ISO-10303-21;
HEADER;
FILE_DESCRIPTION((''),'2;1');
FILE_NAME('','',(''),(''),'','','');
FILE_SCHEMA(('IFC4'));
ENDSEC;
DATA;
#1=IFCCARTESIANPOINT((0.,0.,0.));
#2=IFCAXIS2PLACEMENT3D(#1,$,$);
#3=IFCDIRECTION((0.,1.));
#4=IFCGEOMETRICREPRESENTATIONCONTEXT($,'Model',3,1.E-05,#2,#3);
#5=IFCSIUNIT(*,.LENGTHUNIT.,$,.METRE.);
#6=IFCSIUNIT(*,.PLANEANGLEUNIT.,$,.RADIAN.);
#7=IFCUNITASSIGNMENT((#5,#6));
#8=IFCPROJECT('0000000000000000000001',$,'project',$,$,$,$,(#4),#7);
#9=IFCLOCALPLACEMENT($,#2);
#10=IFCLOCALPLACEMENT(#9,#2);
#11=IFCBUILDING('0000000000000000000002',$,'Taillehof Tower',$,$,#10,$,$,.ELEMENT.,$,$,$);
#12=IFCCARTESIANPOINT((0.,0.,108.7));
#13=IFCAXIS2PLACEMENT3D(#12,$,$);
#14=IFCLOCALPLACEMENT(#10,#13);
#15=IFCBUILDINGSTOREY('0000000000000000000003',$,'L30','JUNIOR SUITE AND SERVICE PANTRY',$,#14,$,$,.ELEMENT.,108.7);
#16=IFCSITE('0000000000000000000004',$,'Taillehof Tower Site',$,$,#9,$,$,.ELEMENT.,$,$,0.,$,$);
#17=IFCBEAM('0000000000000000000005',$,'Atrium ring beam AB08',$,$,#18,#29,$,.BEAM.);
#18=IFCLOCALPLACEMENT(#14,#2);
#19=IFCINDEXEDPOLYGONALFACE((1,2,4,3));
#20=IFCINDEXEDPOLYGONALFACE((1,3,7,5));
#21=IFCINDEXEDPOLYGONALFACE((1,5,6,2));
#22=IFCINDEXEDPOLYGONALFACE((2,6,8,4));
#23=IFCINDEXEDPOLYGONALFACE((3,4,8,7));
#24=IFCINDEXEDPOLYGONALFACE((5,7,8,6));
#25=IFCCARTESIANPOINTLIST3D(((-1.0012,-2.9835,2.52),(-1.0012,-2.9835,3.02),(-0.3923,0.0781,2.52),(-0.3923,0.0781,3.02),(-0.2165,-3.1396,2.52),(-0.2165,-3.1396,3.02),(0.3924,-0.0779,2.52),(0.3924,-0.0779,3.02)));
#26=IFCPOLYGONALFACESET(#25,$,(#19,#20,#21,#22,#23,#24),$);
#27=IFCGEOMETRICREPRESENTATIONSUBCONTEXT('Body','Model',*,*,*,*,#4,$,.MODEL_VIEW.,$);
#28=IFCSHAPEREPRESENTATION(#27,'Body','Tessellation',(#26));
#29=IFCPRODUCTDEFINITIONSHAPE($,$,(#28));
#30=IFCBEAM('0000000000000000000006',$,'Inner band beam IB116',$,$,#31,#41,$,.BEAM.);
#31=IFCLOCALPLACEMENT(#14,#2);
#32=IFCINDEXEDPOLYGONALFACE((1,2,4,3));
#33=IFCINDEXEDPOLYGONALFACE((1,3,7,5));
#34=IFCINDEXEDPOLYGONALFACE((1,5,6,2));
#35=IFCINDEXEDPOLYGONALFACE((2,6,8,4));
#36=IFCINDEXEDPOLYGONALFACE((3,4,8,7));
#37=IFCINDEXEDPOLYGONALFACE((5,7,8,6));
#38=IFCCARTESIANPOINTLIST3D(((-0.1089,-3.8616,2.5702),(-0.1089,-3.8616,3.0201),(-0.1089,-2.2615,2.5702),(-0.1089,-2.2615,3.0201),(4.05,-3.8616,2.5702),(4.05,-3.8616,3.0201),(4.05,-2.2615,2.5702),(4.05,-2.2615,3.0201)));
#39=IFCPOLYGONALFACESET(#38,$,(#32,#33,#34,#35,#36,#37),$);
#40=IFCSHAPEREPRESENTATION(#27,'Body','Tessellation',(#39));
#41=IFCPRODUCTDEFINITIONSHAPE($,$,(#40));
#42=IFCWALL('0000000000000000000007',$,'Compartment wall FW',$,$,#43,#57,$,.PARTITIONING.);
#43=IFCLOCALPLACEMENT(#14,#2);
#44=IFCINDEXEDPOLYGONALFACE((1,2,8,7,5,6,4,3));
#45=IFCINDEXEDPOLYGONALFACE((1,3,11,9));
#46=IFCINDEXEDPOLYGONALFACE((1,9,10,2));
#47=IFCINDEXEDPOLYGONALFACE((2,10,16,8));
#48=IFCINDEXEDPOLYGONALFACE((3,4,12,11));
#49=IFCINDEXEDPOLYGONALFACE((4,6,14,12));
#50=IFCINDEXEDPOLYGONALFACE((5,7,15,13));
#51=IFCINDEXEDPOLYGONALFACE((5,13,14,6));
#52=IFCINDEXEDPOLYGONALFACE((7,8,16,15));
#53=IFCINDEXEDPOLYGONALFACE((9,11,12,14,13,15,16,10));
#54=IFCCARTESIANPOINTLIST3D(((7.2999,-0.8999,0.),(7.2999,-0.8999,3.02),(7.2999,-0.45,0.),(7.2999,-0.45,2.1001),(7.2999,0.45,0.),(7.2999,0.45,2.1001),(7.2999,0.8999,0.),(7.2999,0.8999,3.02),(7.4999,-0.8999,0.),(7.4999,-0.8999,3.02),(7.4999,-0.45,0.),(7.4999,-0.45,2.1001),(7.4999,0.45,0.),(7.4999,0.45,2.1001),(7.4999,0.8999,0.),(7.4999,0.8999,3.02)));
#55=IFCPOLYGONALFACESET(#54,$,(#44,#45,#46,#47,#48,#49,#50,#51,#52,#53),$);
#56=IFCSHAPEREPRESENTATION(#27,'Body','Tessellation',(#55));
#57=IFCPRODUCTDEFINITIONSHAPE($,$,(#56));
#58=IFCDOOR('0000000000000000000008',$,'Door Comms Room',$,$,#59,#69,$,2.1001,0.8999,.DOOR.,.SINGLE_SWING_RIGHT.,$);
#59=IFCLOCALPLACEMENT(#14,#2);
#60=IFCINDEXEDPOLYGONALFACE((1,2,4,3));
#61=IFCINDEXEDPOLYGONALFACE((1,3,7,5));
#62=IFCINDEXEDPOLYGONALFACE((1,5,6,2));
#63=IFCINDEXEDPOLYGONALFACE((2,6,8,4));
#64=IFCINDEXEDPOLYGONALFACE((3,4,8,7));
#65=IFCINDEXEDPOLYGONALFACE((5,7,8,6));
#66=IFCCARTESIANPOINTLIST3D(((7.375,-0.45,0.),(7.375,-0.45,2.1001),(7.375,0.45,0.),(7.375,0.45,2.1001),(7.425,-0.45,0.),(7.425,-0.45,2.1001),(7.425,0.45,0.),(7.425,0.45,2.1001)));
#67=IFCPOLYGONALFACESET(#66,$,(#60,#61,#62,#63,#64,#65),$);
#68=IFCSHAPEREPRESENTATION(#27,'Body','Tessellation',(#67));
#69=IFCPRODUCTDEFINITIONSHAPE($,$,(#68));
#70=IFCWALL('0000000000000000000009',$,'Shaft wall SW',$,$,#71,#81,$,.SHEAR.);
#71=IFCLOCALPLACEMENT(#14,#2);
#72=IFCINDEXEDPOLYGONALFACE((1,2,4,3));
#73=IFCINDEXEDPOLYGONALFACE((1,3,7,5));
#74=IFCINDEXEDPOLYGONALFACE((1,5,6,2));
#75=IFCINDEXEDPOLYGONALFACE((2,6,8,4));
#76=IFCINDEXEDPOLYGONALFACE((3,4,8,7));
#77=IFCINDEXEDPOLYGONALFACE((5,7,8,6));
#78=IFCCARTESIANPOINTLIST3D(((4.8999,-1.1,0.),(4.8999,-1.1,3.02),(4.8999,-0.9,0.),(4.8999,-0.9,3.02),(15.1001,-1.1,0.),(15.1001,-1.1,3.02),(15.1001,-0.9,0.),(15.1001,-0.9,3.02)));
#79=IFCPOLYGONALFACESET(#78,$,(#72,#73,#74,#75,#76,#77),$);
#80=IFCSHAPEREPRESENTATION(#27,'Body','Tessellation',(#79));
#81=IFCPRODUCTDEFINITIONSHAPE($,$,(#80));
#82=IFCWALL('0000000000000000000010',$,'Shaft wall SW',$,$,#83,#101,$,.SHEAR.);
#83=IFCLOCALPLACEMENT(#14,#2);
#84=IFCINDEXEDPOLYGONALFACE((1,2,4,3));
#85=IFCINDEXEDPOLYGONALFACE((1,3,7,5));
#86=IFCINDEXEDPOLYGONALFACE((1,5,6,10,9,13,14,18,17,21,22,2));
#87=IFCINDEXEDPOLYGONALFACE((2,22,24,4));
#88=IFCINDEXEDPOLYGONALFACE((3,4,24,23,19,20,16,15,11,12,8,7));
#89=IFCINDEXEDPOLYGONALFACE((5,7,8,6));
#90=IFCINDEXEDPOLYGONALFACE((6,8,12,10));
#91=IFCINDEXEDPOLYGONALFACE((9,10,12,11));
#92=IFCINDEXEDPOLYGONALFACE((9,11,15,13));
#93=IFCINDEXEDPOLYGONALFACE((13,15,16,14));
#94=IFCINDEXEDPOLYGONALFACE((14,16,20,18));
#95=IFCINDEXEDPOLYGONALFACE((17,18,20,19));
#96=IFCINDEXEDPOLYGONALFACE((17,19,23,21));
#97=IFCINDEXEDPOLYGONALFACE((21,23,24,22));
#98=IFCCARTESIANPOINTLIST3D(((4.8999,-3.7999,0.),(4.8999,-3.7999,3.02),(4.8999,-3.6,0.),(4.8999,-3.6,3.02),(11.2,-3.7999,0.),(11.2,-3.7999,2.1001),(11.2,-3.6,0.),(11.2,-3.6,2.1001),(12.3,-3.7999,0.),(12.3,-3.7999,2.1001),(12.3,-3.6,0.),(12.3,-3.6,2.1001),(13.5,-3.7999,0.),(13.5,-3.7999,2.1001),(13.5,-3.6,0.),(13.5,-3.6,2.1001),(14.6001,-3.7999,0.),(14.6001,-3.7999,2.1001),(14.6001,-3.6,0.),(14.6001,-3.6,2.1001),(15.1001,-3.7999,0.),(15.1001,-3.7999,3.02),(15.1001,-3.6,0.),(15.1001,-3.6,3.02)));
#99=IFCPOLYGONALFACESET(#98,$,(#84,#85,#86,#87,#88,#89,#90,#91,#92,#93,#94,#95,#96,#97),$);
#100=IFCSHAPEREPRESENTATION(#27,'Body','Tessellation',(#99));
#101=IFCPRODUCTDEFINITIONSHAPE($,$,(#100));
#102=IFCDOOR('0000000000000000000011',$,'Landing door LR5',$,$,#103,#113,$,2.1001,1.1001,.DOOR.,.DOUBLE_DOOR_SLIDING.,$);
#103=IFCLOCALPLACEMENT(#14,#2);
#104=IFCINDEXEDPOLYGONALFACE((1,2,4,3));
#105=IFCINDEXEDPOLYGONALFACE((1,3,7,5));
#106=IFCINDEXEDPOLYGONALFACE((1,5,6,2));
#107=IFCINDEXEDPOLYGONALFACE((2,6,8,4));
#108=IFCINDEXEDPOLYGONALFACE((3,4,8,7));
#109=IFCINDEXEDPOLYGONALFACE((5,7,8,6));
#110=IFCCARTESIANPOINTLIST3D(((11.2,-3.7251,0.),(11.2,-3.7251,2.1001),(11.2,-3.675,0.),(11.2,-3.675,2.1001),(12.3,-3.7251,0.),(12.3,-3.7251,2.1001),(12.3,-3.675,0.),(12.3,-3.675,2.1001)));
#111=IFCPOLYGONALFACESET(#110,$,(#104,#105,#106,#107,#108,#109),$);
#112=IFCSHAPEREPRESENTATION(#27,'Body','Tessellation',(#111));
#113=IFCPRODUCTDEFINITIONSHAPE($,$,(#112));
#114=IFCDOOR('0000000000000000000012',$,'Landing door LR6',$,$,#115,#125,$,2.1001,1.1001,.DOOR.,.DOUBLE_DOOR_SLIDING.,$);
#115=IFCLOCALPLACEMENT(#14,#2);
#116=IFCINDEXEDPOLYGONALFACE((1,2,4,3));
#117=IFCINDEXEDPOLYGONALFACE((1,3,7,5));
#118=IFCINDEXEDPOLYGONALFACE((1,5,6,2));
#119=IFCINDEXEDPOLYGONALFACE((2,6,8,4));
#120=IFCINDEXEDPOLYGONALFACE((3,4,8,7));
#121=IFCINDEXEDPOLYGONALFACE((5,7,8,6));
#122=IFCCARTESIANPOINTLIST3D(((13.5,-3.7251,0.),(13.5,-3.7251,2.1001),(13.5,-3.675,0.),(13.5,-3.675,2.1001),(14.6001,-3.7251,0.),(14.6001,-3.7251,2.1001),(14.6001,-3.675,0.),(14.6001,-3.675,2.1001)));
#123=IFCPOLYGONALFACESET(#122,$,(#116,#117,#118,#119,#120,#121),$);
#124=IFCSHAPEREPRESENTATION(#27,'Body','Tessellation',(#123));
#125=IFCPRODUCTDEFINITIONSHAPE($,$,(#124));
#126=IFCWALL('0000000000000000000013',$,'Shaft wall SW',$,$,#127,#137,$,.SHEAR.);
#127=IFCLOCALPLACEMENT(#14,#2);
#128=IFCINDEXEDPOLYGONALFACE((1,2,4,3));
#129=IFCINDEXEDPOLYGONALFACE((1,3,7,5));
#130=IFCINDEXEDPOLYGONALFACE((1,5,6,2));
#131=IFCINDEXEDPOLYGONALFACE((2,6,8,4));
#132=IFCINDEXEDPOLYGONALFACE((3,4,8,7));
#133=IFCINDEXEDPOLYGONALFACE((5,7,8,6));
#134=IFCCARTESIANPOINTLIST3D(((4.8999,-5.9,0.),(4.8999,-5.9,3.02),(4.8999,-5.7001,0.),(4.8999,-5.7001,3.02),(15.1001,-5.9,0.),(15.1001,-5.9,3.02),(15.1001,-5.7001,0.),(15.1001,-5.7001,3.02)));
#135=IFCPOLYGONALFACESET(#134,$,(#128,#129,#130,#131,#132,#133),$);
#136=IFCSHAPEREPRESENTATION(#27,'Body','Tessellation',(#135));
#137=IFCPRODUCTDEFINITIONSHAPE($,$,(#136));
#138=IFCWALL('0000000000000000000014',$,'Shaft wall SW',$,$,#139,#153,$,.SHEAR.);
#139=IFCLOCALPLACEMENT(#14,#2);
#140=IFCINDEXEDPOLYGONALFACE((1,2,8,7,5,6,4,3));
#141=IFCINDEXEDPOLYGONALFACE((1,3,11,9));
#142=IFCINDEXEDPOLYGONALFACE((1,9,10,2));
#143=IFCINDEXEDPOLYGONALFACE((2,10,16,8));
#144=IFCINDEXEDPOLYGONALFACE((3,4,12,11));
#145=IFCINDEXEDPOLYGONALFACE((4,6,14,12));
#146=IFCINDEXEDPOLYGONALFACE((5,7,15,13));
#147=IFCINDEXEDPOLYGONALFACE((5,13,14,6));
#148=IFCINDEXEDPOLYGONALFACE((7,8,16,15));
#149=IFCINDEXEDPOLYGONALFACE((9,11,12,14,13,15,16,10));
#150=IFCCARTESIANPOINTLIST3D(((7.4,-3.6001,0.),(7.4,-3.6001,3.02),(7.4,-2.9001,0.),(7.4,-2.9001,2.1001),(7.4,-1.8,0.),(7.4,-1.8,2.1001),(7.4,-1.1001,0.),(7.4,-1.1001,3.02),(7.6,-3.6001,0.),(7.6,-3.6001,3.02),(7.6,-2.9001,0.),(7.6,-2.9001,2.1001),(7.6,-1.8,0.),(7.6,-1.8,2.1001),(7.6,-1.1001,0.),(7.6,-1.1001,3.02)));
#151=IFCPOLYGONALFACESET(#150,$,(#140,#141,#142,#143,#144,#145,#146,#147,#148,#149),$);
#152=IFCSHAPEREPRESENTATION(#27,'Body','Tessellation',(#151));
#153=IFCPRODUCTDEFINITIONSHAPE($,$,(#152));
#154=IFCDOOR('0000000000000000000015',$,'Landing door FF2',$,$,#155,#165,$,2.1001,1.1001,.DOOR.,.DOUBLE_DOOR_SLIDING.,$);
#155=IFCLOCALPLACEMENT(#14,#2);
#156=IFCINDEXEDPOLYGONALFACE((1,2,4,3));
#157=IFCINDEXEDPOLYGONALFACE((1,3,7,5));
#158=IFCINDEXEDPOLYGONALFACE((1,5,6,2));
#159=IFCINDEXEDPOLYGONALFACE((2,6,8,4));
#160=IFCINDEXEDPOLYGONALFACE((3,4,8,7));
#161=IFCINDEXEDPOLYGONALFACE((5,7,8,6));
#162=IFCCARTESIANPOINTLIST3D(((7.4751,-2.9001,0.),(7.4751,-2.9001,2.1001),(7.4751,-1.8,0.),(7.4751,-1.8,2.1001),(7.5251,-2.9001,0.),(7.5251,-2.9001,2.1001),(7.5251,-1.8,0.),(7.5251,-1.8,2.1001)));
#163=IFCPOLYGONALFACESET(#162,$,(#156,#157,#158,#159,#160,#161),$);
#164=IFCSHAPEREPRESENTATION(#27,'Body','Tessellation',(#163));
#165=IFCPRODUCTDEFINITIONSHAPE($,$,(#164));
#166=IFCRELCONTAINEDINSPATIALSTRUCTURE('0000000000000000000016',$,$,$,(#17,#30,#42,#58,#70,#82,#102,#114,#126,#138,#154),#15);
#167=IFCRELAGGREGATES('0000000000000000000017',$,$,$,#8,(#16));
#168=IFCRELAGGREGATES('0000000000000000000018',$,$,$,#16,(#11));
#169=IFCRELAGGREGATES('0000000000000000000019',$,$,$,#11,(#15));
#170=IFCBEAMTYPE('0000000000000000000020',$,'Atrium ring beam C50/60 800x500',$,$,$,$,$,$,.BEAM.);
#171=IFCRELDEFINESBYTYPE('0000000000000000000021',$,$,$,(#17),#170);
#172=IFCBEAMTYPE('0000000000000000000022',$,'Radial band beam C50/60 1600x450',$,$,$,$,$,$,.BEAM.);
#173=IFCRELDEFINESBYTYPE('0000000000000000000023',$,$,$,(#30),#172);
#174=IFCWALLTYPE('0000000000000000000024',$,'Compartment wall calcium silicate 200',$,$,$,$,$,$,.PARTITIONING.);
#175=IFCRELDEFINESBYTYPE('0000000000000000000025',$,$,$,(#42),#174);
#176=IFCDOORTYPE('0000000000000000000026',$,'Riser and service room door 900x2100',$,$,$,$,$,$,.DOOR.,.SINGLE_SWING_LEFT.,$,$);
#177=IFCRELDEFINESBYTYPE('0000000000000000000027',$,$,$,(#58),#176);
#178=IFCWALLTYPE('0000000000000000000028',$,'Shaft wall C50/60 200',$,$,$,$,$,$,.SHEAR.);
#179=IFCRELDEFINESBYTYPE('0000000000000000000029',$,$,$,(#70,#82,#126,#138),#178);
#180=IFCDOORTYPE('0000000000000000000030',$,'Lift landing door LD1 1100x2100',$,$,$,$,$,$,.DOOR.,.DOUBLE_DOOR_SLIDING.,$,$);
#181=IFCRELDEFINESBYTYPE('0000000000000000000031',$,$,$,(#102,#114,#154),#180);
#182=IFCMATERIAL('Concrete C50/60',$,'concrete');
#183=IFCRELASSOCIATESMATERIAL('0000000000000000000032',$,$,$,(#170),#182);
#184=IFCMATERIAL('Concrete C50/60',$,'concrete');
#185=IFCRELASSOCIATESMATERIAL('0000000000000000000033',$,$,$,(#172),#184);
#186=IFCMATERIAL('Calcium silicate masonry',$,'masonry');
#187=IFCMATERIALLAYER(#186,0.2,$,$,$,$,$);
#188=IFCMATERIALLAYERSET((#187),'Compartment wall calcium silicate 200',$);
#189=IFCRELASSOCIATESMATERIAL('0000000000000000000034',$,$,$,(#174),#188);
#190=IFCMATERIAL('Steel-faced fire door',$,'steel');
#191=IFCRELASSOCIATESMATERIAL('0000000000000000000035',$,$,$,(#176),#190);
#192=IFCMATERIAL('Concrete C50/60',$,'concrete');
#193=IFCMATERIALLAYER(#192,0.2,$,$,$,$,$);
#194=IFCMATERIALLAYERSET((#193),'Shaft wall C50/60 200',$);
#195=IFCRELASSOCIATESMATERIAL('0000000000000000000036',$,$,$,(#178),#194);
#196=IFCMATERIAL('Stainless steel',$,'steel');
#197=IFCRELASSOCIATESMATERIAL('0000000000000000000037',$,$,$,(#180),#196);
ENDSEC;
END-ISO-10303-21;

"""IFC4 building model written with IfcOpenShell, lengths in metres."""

from ifc_helpers import new_model, si_unit, direction, frame, frame_2d, origin, origin_2d, place, context, subcontext, project, spatial, rectangle, extrude, material, layer, layer_set, material_profile, profile_set, type_object, element, fill, save


model = new_model("IFC4")

# Units and contexts
model_context = context("Model", 3, precision=1e-05, world=origin(), true_north=direction((0.0, 1.0)))
body_context = subcontext(model_context, "Body", "Model", "MODEL_VIEW")
ifc_project = project(units=[si_unit("LENGTHUNIT", "METRE"), si_unit("PLANEANGLEUNIT", "RADIAN")], contexts=[model_context])

# Site, building, storey
site_placement = place(None, origin())
site = spatial("IfcSite", under=ifc_project, at=site_placement, Name="Taillehof Tower Site", CompositionType="ELEMENT", RefElevation=0.0)
building_placement = place(site_placement, origin())
building = spatial("IfcBuilding", under=site, at=building_placement, Name="Taillehof Tower", CompositionType="ELEMENT")
storey_placement = place(building_placement, frame((0.0, 0.0, 108.7)))
storey = spatial("IfcBuildingStorey", under=building, at=storey_placement, Name="L30", Description="JUNIOR SUITE AND SERVICE PANTRY", CompositionType="ELEMENT", Elevation=108.7)

# Beams
ifc_material_1 = material(Name="Concrete C50/60", Category="concrete")
ifc_material_profile_1 = material_profile(ifc_material_1, rectangle(XDim=0.8, YDim=0.5, at=origin_2d()), Name="RC 800x500")
ifc_profile_set_1 = profile_set([ifc_material_profile_1], Name="Concrete C50/60")
beam_type_1 = type_object("IfcBeamType", Name="Atrium ring beam C50/60 800x500", PredefinedType="BEAM", material=ifc_profile_set_1)
beam_1_placement = place(storey_placement, frame((-0.6089, -3.0615, 2.77), z_axis=(0.195063, 0.980791, 0.0), x_axis=(-0.980791, 0.195063, 0.0)))
element("IfcBeam", 1, at=beam_1_placement, inside=storey, type_object=beam_type_1, Name="Atrium ring beam AB08", PredefinedType="BEAM", context=body_context, shape_type="SweptSolid", body=[
    extrude(rectangle(XDim=0.8, YDim=0.5, at=origin_2d()), origin(), (0.0, 0.0, 1.0), 3.1216),
])
ifc_material_2 = material(Name="Concrete C50/60", Category="concrete")
ifc_material_profile_2 = material_profile(ifc_material_2, rectangle(XDim=1.6001, YDim=0.45, at=origin_2d()), Name="RC 1600x450")
ifc_profile_set_2 = profile_set([ifc_material_profile_2], Name="Concrete C50/60")
beam_type_2 = type_object("IfcBeamType", Name="Radial band beam C50/60 1600x450", PredefinedType="BEAM", material=ifc_profile_set_2)
beam_2_placement = place(storey_placement, frame((-0.1089, -3.0615, 2.7952), z_axis=(1.0, 0.0, 0.0), x_axis=(0.0, 1.0, 0.0)))
element("IfcBeam", 2, at=beam_2_placement, inside=storey, type_object=beam_type_2, Name="Inner band beam IB116", PredefinedType="BEAM", context=body_context, shape_type="SweptSolid", body=[
    extrude(rectangle(XDim=1.6001, YDim=0.45, at=origin_2d()), origin(), (0.0, 0.0, 1.0), 4.1589),
])

# Wall, opening, door
ifc_material_3 = material(Name="Calcium silicate masonry", Category="masonry")
ifc_layer_1 = layer(ifc_material_3, 0.2)
ifc_layer_set_1 = layer_set([ifc_layer_1], Name="Compartment wall calcium silicate 200")
wall_type_1 = type_object("IfcWallType", Name="Compartment wall calcium silicate 200", PredefinedType="PARTITIONING", material=ifc_layer_set_1)
wall_1_placement = place(storey_placement, frame((7.3999, -0.8999, 0.0), z_axis=(0.0, 0.0, 1.0), x_axis=(0.0, 1.0, 0.0)))
wall_1 = element("IfcWall", 3, at=wall_1_placement, inside=storey, type_object=wall_type_1, Name="Compartment wall FW", PredefinedType="PARTITIONING", context=body_context, shape_type="SweptSolid", body=[
    extrude(rectangle(XDim=1.7998, YDim=0.2, at=frame_2d((0.8999, 0.0))), origin(), (0.0, 0.0, 1.0), 3.02),
])
opening_1_placement = place(wall_1_placement, frame((0.45, 0.0, 0.0)))
opening_1 = element("IfcOpeningElement", 4, at=opening_1_placement, cuts=wall_1, PredefinedType="OPENING", context=body_context, shape_type="SweptSolid", body=[
    extrude(rectangle(XDim=0.8999, YDim=2.1001, at=frame_2d((0.45, 1.05))), frame((0.0, 0.1099, 0.0), z_axis=(0.0, -1.0, 0.0), x_axis=(1.0, 0.0, 0.0)), (0.0, 0.0, 1.0), 0.22),
])
ifc_material_4 = material(Name="Steel-faced fire door", Category="steel")
door_type_1 = type_object("IfcDoorType", Name="Riser and service room door 900x2100", OperationType="SINGLE_SWING_LEFT", PredefinedType="DOOR", material=ifc_material_4)
door_1_placement = place(opening_1_placement, origin())
door_1 = element("IfcDoor", 5, at=door_1_placement, inside=storey, type_object=door_type_1, Name="Door Comms Room", OperationType="SINGLE_SWING_RIGHT", OverallHeight=2.1001, OverallWidth=0.8999, PredefinedType="DOOR", context=body_context, shape_type="SweptSolid", body=[
    extrude(rectangle(XDim=0.8999, YDim=2.1001, at=frame_2d((0.45, 1.05))), frame((0.0, 0.0249, 0.0), z_axis=(0.0, -1.0, 0.0), x_axis=(1.0, 0.0, 0.0)), (0.0, 0.0, 1.0), 0.05),
])
fill(opening_1, door_1)

# Wall
ifc_material_5 = material(Name="Concrete C50/60", Category="concrete")
ifc_layer_2 = layer(ifc_material_5, 0.2)
ifc_layer_set_2 = layer_set([ifc_layer_2], Name="Shaft wall C50/60 200")
wall_type_2 = type_object("IfcWallType", Name="Shaft wall C50/60 200", PredefinedType="SHEAR", material=ifc_layer_set_2)
wall_2_placement = place(storey_placement, frame((4.8999, -1.0, 0.0), z_axis=(0.0, 0.0, 1.0), x_axis=(1.0, 0.0, 0.0)))
element("IfcWall", 6, at=wall_2_placement, inside=storey, type_object=wall_type_2, Name="Shaft wall SW", PredefinedType="SHEAR", context=body_context, shape_type="SweptSolid", body=[
    extrude(rectangle(XDim=10.2002, YDim=0.2, at=frame_2d((5.1001, 0.0))), origin(), (0.0, 0.0, 1.0), 3.02),
])

# Wall, openings, doors
wall_3_placement = place(storey_placement, frame((4.8999, -3.7, 0.0), z_axis=(0.0, 0.0, 1.0), x_axis=(1.0, 0.0, 0.0)))
wall_3 = element("IfcWall", 7, at=wall_3_placement, inside=storey, type_object=wall_type_2, Name="Shaft wall SW", PredefinedType="SHEAR", context=body_context, shape_type="SweptSolid", body=[
    extrude(rectangle(XDim=10.2002, YDim=0.2, at=frame_2d((5.1001, 0.0))), origin(), (0.0, 0.0, 1.0), 3.02),
])
opening_2_placement = place(wall_3_placement, frame((6.3, 0.0, 0.0)))
opening_2 = element("IfcOpeningElement", 8, at=opening_2_placement, cuts=wall_3, PredefinedType="OPENING", context=body_context, shape_type="SweptSolid", body=[
    extrude(rectangle(XDim=1.1001, YDim=2.1001, at=frame_2d((0.55, 1.05))), frame((0.0, 0.1099, 0.0), z_axis=(0.0, -1.0, 0.0), x_axis=(1.0, 0.0, 0.0)), (0.0, 0.0, 1.0), 0.22),
])
opening_3_placement = place(wall_3_placement, frame((8.6001, 0.0, 0.0)))
opening_3 = element("IfcOpeningElement", 9, at=opening_3_placement, cuts=wall_3, PredefinedType="OPENING", context=body_context, shape_type="SweptSolid", body=[
    extrude(rectangle(XDim=1.1001, YDim=2.1001, at=frame_2d((0.55, 1.05))), frame((0.0, 0.1099, 0.0), z_axis=(0.0, -1.0, 0.0), x_axis=(1.0, 0.0, 0.0)), (0.0, 0.0, 1.0), 0.22),
])
ifc_material_6 = material(Name="Stainless steel", Category="steel")
door_type_2 = type_object("IfcDoorType", Name="Lift landing door LD1 1100x2100", OperationType="DOUBLE_DOOR_SLIDING", PredefinedType="DOOR", material=ifc_material_6)
door_2_placement = place(opening_2_placement, origin())
door_2 = element("IfcDoor", 10, at=door_2_placement, inside=storey, type_object=door_type_2, Name="Landing door LR5", OperationType="DOUBLE_DOOR_SLIDING", OverallHeight=2.1001, OverallWidth=1.1001, PredefinedType="DOOR", context=body_context, shape_type="SweptSolid", body=[
    extrude(rectangle(XDim=1.1001, YDim=2.1001, at=frame_2d((0.55, 1.05))), frame((0.0, 0.0249, 0.0), z_axis=(0.0, -1.0, 0.0), x_axis=(1.0, 0.0, 0.0)), (0.0, 0.0, 1.0), 0.05),
])
fill(opening_2, door_2)
door_3_placement = place(opening_3_placement, origin())
door_3 = element("IfcDoor", 11, at=door_3_placement, inside=storey, type_object=door_type_2, Name="Landing door LR6", OperationType="DOUBLE_DOOR_SLIDING", OverallHeight=2.1001, OverallWidth=1.1001, PredefinedType="DOOR", context=body_context, shape_type="SweptSolid", body=[
    extrude(rectangle(XDim=1.1001, YDim=2.1001, at=frame_2d((0.55, 1.05))), frame((0.0, 0.0249, 0.0), z_axis=(0.0, -1.0, 0.0), x_axis=(1.0, 0.0, 0.0)), (0.0, 0.0, 1.0), 0.05),
])
fill(opening_3, door_3)

# Wall
wall_4_placement = place(storey_placement, frame((4.8999, -5.8, 0.0), z_axis=(0.0, 0.0, 1.0), x_axis=(1.0, 0.0, 0.0)))
element("IfcWall", 12, at=wall_4_placement, inside=storey, type_object=wall_type_2, Name="Shaft wall SW", PredefinedType="SHEAR", context=body_context, shape_type="SweptSolid", body=[
    extrude(rectangle(XDim=10.2002, YDim=0.2, at=frame_2d((5.1001, 0.0))), origin(), (0.0, 0.0, 1.0), 3.02),
])

# Wall, opening, door
wall_5_placement = place(storey_placement, frame((7.5, -3.6001, 0.0), z_axis=(0.0, 0.0, 1.0), x_axis=(0.0, 1.0, 0.0)))
wall_5 = element("IfcWall", 13, at=wall_5_placement, inside=storey, type_object=wall_type_2, Name="Shaft wall SW", PredefinedType="SHEAR", context=body_context, shape_type="SweptSolid", body=[
    extrude(rectangle(XDim=2.5, YDim=0.2, at=frame_2d((1.25, 0.0))), origin(), (0.0, 0.0, 1.0), 3.02),
])
opening_4_placement = place(wall_5_placement, frame((0.7, 0.0, 0.0)))
opening_4 = element("IfcOpeningElement", 14, at=opening_4_placement, cuts=wall_5, PredefinedType="OPENING", context=body_context, shape_type="SweptSolid", body=[
    extrude(rectangle(XDim=1.1001, YDim=2.1001, at=frame_2d((0.55, 1.05))), frame((0.0, 0.1099, 0.0), z_axis=(0.0, -1.0, 0.0), x_axis=(1.0, 0.0, 0.0)), (0.0, 0.0, 1.0), 0.22),
])
door_4_placement = place(opening_4_placement, origin())
door_4 = element("IfcDoor", 15, at=door_4_placement, inside=storey, type_object=door_type_2, Name="Landing door FF2", OperationType="DOUBLE_DOOR_SLIDING", OverallHeight=2.1001, OverallWidth=1.1001, PredefinedType="DOOR", context=body_context, shape_type="SweptSolid", body=[
    extrude(rectangle(XDim=1.1001, YDim=2.1001, at=frame_2d((0.55, 1.05))), frame((0.0, 0.0249, 0.0), z_axis=(0.0, -1.0, 0.0), x_axis=(1.0, 0.0, 0.0)), (0.0, 0.0, 1.0), 0.05),
])
fill(opening_4, door_4)

save(model, "model.ifc")
